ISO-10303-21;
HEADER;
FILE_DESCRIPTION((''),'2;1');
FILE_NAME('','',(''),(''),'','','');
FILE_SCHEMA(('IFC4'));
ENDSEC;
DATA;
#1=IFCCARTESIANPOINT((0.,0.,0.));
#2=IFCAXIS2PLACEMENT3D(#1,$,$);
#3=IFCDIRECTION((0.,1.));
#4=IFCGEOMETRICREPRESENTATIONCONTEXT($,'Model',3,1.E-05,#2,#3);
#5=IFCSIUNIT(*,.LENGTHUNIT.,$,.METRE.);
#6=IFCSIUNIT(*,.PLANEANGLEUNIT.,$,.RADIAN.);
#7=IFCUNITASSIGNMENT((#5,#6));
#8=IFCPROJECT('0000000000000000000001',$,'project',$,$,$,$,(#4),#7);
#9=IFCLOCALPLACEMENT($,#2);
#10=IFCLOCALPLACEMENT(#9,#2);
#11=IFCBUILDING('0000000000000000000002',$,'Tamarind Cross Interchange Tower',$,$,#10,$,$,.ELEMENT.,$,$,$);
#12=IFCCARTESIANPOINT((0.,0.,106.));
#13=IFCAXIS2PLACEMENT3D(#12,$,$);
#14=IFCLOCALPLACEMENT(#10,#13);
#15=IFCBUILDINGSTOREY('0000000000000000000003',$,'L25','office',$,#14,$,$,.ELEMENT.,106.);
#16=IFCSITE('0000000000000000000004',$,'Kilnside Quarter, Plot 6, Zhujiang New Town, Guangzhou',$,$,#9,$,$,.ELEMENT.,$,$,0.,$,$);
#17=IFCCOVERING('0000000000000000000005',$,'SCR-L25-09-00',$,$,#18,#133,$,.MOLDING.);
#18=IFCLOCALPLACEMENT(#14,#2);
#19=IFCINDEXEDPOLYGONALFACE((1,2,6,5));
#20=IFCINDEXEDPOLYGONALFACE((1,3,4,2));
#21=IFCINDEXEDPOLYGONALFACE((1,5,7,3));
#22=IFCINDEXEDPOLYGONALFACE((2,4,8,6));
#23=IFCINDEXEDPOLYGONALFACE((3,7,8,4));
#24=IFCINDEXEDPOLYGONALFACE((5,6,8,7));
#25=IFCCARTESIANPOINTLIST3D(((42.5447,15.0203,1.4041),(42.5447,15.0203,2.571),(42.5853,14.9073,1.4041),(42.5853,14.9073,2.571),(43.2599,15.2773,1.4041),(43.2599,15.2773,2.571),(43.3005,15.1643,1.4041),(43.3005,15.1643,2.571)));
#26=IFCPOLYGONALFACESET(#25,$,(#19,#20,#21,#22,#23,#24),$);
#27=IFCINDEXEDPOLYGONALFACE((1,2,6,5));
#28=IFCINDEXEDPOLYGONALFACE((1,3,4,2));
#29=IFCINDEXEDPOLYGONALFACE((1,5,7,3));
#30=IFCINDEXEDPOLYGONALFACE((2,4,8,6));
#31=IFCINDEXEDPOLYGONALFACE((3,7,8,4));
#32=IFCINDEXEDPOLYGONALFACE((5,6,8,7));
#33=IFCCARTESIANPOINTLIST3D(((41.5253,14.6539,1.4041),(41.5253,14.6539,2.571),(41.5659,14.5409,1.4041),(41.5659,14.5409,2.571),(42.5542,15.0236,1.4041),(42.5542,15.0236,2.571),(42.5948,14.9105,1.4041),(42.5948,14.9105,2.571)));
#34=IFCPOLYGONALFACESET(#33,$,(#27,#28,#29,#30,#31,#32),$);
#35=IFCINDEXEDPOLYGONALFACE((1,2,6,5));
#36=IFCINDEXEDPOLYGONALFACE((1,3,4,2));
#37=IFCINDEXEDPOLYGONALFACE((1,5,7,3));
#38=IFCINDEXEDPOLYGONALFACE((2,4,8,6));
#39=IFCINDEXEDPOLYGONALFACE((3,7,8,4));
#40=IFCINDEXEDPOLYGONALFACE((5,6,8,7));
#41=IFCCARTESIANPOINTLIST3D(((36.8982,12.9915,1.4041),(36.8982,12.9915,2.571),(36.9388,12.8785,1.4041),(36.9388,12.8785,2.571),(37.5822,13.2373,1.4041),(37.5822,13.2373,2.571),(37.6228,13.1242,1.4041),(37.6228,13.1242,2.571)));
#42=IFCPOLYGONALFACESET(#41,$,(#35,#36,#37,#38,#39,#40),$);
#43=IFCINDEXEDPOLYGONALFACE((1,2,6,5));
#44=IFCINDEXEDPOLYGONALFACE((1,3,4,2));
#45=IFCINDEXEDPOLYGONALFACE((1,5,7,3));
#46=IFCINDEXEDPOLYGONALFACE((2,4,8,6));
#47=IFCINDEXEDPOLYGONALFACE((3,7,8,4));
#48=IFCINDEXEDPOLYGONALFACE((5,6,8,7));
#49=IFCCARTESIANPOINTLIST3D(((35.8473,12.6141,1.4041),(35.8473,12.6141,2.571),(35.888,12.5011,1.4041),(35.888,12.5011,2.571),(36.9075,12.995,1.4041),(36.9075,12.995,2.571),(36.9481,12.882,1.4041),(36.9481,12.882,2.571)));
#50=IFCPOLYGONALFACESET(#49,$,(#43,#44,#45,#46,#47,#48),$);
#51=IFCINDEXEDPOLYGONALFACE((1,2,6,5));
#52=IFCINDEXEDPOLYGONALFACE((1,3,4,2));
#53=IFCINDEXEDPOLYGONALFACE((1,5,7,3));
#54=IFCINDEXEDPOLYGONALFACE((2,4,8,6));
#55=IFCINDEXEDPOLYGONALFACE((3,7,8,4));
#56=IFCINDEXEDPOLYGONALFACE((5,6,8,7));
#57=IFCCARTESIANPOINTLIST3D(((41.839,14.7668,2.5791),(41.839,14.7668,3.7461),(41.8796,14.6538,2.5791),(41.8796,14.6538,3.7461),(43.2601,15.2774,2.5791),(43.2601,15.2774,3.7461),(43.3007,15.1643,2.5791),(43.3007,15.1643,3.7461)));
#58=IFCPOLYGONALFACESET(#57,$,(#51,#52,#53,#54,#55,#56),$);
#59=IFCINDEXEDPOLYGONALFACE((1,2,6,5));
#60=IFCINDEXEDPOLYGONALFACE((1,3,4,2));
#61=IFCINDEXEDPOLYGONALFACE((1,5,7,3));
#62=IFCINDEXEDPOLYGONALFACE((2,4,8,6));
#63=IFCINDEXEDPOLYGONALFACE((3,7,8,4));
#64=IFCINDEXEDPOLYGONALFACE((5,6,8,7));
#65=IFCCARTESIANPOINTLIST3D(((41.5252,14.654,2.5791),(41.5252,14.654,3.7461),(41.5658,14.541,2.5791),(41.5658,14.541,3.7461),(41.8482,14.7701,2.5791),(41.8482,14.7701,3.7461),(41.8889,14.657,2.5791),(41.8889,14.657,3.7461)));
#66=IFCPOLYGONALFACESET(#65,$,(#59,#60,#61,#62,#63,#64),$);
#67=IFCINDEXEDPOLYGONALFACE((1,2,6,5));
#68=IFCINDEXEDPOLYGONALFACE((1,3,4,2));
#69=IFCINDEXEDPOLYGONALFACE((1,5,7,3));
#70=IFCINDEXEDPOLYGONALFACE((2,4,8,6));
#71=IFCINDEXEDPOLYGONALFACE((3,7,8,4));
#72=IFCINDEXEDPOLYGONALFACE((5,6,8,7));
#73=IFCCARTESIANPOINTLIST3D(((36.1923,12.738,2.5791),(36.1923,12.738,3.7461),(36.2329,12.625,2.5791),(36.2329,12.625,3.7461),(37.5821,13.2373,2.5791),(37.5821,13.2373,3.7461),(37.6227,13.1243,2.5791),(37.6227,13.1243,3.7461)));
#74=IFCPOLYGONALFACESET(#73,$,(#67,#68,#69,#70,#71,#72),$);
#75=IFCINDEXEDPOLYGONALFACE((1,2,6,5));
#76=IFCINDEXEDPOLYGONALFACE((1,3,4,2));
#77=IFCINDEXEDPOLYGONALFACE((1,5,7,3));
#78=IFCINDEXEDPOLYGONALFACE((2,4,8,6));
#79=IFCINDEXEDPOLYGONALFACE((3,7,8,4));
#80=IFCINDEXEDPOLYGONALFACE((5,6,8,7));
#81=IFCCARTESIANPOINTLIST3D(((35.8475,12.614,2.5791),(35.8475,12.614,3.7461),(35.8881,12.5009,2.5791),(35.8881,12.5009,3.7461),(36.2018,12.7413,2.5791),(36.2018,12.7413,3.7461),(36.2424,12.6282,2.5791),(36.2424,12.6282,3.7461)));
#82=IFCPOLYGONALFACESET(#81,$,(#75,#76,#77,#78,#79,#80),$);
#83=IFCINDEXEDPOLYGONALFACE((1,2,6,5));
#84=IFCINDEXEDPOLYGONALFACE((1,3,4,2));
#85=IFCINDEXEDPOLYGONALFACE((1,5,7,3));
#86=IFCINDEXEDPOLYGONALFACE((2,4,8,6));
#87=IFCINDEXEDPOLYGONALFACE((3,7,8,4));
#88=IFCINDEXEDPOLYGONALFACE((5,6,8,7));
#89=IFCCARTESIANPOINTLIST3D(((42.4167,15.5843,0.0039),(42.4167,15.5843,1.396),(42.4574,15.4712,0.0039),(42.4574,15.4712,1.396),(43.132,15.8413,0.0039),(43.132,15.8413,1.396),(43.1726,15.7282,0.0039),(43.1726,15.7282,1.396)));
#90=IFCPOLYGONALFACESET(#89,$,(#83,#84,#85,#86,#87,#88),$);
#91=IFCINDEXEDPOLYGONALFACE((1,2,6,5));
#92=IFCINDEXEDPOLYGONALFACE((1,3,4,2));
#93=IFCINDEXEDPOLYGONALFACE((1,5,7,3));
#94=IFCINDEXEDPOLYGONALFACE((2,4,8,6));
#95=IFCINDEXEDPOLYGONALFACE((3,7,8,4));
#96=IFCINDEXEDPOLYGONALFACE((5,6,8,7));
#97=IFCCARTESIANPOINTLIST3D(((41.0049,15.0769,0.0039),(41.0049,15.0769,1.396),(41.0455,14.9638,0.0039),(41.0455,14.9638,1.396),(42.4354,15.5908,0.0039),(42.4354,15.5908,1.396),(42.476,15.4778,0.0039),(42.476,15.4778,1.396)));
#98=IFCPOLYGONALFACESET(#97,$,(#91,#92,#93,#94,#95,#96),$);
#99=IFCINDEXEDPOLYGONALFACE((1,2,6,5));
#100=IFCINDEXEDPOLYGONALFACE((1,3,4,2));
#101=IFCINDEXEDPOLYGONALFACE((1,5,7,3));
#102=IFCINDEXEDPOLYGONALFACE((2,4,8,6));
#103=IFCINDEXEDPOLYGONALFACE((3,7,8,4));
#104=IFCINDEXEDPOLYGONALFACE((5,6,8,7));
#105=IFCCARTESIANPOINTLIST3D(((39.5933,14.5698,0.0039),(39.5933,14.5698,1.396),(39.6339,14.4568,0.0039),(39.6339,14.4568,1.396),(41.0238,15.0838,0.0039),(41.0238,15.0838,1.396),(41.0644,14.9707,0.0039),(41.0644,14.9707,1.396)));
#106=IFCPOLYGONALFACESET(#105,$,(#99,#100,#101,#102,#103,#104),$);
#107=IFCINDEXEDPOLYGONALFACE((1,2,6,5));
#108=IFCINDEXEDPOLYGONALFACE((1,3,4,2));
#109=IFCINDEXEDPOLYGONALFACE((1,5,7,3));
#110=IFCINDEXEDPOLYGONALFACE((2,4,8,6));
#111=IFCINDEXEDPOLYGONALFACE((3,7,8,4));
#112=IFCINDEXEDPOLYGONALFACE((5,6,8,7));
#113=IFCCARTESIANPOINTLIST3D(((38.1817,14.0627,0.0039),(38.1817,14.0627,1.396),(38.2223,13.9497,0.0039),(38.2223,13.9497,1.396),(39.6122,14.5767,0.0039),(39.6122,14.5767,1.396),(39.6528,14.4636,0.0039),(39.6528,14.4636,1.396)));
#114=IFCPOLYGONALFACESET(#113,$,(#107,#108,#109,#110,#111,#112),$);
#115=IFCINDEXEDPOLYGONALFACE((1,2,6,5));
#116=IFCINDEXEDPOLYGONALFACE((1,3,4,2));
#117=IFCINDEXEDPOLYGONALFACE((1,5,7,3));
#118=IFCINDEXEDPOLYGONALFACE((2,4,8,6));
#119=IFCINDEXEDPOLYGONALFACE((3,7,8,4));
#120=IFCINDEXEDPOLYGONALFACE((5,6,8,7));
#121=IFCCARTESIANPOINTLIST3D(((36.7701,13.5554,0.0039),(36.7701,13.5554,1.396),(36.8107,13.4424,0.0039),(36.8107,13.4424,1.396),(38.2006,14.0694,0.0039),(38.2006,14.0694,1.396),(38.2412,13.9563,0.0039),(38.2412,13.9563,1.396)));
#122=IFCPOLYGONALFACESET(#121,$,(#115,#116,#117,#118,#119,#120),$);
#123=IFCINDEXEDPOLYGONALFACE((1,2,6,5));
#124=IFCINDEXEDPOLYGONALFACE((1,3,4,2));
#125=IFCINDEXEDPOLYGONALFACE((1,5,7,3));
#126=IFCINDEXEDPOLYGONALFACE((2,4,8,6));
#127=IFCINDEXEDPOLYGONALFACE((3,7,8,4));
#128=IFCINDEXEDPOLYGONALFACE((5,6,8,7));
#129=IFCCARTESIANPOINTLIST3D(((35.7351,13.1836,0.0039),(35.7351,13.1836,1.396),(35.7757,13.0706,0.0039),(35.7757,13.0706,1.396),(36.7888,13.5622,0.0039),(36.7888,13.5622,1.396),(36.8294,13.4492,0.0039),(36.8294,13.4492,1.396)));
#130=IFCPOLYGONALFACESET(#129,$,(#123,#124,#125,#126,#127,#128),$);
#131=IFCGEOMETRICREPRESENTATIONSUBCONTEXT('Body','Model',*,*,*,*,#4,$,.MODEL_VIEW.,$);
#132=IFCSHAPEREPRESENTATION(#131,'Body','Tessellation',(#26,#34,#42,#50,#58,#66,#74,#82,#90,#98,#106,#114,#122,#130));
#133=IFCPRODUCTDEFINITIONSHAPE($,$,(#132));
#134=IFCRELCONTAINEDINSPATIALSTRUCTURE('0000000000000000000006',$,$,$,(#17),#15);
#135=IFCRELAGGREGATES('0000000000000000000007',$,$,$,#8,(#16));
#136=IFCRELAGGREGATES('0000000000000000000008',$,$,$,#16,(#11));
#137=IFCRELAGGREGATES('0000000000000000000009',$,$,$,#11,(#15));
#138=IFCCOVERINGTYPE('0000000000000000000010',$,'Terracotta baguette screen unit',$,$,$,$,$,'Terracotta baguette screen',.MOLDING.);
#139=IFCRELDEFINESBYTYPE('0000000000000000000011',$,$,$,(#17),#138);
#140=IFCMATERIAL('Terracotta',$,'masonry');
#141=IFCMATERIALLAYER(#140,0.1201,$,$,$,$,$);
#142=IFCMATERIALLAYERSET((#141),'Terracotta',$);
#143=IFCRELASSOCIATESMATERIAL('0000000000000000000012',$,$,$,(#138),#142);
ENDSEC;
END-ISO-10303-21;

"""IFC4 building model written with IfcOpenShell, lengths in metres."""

from ifc_helpers import new_model, si_unit, direction, frame, origin, origin_2d, place, context, subcontext, project, spatial, rectangle, extrude, material, layer, layer_set, type_object, element, save


model = new_model("IFC4")

# Units and contexts
model_context = context("Model", 3, precision=1e-05, world=origin(), true_north=direction((0.0, 1.0)))
body_context = subcontext(model_context, "Body", "Model", "MODEL_VIEW")
ifc_project = project(units=[si_unit("LENGTHUNIT", "METRE"), si_unit("PLANEANGLEUNIT", "RADIAN")], contexts=[model_context])

# Site, building, storey
site_placement = place(None, origin())
site = spatial("IfcSite", under=ifc_project, at=site_placement, Name="Kilnside Quarter, Plot 6, Zhujiang New Town, Guangzhou", CompositionType="ELEMENT", RefElevation=0.0)
building_placement = place(site_placement, origin())
building = spatial("IfcBuilding", under=site, at=building_placement, Name="Tamarind Cross Interchange Tower", CompositionType="ELEMENT")
storey_placement = place(building_placement, frame((0.0, 0.0, 106.0)))
storey = spatial("IfcBuildingStorey", under=building, at=storey_placement, Name="L25", Description="office", CompositionType="ELEMENT", Elevation=106.0)

# Covering
ifc_material_1 = material(Name="Terracotta", Category="masonry")
ifc_layer_1 = layer(ifc_material_1, 0.1201)
ifc_layer_set_1 = layer_set([ifc_layer_1], Name="Terracotta")
covering_type = type_object("IfcCoveringType", Name="Terracotta baguette screen unit", ElementType="Terracotta baguette screen", PredefinedType="MOLDING", material=ifc_layer_set_1)
covering_1_placement = place(storey_placement, origin())
element("IfcCovering", 1, at=covering_1_placement, inside=storey, type_object=covering_type, Name="SCR-L25-09-00", PredefinedType="MOLDING", context=body_context, shape_type="SweptSolid", body=[
    extrude(rectangle(XDim=0.76, YDim=0.1201, at=origin_2d()), frame((42.9226, 15.0923, 1.4041), z_axis=(0.0, 0.0, 1.0), x_axis=(-0.9411, -0.338129, 0.0)), (0.0, 0.0, 1.0), 1.167),
    extrude(rectangle(XDim=1.0933, YDim=0.1201, at=origin_2d()), frame((42.0601, 14.7822, 1.4041), z_axis=(0.0, 0.0, 1.0), x_axis=(-0.9411, -0.338129, 0.0)), (0.0, 0.0, 1.0), 1.167),
    extrude(rectangle(XDim=0.7268, YDim=0.1201, at=origin_2d()), frame((37.2605, 13.0579, 1.4041), z_axis=(0.0, 0.0, 1.0), x_axis=(-0.9411, -0.338129, 0.0)), (0.0, 0.0, 1.0), 1.167),
    extrude(rectangle(XDim=1.1265, YDim=0.1201, at=origin_2d()), frame((36.3977, 12.748, 1.4041), z_axis=(0.0, 0.0, 1.0), x_axis=(-0.9411, -0.338129, 0.0)), (0.0, 0.0, 1.0), 1.167),
    extrude(rectangle(XDim=1.51, YDim=0.1201, at=origin_2d()), frame((42.5698, 14.9656, 2.5791), z_axis=(0.0, 0.0, 1.0), x_axis=(-0.9411, -0.338129, 0.0)), (0.0, 0.0, 1.0), 1.167),
    extrude(rectangle(XDim=0.3433, YDim=0.1201, at=origin_2d()), frame((41.707, 14.6555, 2.5791), z_axis=(0.0, 0.0, 1.0), x_axis=(-0.9411, -0.338129, 0.0)), (0.0, 0.0, 1.0), 1.167),
    extrude(rectangle(XDim=1.4768, YDim=0.1201, at=origin_2d()), frame((36.9075, 12.9312, 2.5791), z_axis=(0.0, 0.0, 1.0), x_axis=(-0.9411, -0.338129, 0.0)), (0.0, 0.0, 1.0), 1.167),
    extrude(rectangle(XDim=0.3765, YDim=0.1201, at=origin_2d()), frame((36.0449, 12.6211, 2.5791), z_axis=(0.0, 0.0, 1.0), x_axis=(-0.9411, -0.338129, 0.0)), (0.0, 0.0, 1.0), 1.167),
    extrude(rectangle(XDim=0.76, YDim=0.1201, at=origin_2d()), frame((42.7947, 15.6562, 0.0039), z_axis=(0.0, 0.0, 1.0), x_axis=(-0.9411, -0.338129, 0.0)), (0.0, 0.0, 1.0), 1.3921),
    extrude(rectangle(XDim=1.52, YDim=0.1201, at=origin_2d()), frame((41.7405, 15.2773, 0.0039), z_axis=(0.0, 0.0, 1.0), x_axis=(-0.9411, -0.338129, 0.0)), (0.0, 0.0, 1.0), 1.3921),
    extrude(rectangle(XDim=1.52, YDim=0.1201, at=origin_2d()), frame((40.3289, 14.7703, 0.0039), z_axis=(0.0, 0.0, 1.0), x_axis=(-0.9411, -0.338129, 0.0)), (0.0, 0.0, 1.0), 1.3921),
    extrude(rectangle(XDim=1.52, YDim=0.1201, at=origin_2d()), frame((38.9172, 14.2632, 0.0039), z_axis=(0.0, 0.0, 1.0), x_axis=(-0.9411, -0.338129, 0.0)), (0.0, 0.0, 1.0), 1.3921),
    extrude(rectangle(XDim=1.52, YDim=0.1201, at=origin_2d()), frame((37.5056, 13.7559, 0.0039), z_axis=(0.0, 0.0, 1.0), x_axis=(-0.9411, -0.338129, 0.0)), (0.0, 0.0, 1.0), 1.3921),
    extrude(rectangle(XDim=1.1196, YDim=0.1201, at=origin_2d()), frame((36.2822, 13.3164, 0.0039), z_axis=(0.0, 0.0, 1.0), x_axis=(-0.9411, -0.338129, 0.0)), (0.0, 0.0, 1.0), 1.3921),
])

save(model, "model.ifc")
